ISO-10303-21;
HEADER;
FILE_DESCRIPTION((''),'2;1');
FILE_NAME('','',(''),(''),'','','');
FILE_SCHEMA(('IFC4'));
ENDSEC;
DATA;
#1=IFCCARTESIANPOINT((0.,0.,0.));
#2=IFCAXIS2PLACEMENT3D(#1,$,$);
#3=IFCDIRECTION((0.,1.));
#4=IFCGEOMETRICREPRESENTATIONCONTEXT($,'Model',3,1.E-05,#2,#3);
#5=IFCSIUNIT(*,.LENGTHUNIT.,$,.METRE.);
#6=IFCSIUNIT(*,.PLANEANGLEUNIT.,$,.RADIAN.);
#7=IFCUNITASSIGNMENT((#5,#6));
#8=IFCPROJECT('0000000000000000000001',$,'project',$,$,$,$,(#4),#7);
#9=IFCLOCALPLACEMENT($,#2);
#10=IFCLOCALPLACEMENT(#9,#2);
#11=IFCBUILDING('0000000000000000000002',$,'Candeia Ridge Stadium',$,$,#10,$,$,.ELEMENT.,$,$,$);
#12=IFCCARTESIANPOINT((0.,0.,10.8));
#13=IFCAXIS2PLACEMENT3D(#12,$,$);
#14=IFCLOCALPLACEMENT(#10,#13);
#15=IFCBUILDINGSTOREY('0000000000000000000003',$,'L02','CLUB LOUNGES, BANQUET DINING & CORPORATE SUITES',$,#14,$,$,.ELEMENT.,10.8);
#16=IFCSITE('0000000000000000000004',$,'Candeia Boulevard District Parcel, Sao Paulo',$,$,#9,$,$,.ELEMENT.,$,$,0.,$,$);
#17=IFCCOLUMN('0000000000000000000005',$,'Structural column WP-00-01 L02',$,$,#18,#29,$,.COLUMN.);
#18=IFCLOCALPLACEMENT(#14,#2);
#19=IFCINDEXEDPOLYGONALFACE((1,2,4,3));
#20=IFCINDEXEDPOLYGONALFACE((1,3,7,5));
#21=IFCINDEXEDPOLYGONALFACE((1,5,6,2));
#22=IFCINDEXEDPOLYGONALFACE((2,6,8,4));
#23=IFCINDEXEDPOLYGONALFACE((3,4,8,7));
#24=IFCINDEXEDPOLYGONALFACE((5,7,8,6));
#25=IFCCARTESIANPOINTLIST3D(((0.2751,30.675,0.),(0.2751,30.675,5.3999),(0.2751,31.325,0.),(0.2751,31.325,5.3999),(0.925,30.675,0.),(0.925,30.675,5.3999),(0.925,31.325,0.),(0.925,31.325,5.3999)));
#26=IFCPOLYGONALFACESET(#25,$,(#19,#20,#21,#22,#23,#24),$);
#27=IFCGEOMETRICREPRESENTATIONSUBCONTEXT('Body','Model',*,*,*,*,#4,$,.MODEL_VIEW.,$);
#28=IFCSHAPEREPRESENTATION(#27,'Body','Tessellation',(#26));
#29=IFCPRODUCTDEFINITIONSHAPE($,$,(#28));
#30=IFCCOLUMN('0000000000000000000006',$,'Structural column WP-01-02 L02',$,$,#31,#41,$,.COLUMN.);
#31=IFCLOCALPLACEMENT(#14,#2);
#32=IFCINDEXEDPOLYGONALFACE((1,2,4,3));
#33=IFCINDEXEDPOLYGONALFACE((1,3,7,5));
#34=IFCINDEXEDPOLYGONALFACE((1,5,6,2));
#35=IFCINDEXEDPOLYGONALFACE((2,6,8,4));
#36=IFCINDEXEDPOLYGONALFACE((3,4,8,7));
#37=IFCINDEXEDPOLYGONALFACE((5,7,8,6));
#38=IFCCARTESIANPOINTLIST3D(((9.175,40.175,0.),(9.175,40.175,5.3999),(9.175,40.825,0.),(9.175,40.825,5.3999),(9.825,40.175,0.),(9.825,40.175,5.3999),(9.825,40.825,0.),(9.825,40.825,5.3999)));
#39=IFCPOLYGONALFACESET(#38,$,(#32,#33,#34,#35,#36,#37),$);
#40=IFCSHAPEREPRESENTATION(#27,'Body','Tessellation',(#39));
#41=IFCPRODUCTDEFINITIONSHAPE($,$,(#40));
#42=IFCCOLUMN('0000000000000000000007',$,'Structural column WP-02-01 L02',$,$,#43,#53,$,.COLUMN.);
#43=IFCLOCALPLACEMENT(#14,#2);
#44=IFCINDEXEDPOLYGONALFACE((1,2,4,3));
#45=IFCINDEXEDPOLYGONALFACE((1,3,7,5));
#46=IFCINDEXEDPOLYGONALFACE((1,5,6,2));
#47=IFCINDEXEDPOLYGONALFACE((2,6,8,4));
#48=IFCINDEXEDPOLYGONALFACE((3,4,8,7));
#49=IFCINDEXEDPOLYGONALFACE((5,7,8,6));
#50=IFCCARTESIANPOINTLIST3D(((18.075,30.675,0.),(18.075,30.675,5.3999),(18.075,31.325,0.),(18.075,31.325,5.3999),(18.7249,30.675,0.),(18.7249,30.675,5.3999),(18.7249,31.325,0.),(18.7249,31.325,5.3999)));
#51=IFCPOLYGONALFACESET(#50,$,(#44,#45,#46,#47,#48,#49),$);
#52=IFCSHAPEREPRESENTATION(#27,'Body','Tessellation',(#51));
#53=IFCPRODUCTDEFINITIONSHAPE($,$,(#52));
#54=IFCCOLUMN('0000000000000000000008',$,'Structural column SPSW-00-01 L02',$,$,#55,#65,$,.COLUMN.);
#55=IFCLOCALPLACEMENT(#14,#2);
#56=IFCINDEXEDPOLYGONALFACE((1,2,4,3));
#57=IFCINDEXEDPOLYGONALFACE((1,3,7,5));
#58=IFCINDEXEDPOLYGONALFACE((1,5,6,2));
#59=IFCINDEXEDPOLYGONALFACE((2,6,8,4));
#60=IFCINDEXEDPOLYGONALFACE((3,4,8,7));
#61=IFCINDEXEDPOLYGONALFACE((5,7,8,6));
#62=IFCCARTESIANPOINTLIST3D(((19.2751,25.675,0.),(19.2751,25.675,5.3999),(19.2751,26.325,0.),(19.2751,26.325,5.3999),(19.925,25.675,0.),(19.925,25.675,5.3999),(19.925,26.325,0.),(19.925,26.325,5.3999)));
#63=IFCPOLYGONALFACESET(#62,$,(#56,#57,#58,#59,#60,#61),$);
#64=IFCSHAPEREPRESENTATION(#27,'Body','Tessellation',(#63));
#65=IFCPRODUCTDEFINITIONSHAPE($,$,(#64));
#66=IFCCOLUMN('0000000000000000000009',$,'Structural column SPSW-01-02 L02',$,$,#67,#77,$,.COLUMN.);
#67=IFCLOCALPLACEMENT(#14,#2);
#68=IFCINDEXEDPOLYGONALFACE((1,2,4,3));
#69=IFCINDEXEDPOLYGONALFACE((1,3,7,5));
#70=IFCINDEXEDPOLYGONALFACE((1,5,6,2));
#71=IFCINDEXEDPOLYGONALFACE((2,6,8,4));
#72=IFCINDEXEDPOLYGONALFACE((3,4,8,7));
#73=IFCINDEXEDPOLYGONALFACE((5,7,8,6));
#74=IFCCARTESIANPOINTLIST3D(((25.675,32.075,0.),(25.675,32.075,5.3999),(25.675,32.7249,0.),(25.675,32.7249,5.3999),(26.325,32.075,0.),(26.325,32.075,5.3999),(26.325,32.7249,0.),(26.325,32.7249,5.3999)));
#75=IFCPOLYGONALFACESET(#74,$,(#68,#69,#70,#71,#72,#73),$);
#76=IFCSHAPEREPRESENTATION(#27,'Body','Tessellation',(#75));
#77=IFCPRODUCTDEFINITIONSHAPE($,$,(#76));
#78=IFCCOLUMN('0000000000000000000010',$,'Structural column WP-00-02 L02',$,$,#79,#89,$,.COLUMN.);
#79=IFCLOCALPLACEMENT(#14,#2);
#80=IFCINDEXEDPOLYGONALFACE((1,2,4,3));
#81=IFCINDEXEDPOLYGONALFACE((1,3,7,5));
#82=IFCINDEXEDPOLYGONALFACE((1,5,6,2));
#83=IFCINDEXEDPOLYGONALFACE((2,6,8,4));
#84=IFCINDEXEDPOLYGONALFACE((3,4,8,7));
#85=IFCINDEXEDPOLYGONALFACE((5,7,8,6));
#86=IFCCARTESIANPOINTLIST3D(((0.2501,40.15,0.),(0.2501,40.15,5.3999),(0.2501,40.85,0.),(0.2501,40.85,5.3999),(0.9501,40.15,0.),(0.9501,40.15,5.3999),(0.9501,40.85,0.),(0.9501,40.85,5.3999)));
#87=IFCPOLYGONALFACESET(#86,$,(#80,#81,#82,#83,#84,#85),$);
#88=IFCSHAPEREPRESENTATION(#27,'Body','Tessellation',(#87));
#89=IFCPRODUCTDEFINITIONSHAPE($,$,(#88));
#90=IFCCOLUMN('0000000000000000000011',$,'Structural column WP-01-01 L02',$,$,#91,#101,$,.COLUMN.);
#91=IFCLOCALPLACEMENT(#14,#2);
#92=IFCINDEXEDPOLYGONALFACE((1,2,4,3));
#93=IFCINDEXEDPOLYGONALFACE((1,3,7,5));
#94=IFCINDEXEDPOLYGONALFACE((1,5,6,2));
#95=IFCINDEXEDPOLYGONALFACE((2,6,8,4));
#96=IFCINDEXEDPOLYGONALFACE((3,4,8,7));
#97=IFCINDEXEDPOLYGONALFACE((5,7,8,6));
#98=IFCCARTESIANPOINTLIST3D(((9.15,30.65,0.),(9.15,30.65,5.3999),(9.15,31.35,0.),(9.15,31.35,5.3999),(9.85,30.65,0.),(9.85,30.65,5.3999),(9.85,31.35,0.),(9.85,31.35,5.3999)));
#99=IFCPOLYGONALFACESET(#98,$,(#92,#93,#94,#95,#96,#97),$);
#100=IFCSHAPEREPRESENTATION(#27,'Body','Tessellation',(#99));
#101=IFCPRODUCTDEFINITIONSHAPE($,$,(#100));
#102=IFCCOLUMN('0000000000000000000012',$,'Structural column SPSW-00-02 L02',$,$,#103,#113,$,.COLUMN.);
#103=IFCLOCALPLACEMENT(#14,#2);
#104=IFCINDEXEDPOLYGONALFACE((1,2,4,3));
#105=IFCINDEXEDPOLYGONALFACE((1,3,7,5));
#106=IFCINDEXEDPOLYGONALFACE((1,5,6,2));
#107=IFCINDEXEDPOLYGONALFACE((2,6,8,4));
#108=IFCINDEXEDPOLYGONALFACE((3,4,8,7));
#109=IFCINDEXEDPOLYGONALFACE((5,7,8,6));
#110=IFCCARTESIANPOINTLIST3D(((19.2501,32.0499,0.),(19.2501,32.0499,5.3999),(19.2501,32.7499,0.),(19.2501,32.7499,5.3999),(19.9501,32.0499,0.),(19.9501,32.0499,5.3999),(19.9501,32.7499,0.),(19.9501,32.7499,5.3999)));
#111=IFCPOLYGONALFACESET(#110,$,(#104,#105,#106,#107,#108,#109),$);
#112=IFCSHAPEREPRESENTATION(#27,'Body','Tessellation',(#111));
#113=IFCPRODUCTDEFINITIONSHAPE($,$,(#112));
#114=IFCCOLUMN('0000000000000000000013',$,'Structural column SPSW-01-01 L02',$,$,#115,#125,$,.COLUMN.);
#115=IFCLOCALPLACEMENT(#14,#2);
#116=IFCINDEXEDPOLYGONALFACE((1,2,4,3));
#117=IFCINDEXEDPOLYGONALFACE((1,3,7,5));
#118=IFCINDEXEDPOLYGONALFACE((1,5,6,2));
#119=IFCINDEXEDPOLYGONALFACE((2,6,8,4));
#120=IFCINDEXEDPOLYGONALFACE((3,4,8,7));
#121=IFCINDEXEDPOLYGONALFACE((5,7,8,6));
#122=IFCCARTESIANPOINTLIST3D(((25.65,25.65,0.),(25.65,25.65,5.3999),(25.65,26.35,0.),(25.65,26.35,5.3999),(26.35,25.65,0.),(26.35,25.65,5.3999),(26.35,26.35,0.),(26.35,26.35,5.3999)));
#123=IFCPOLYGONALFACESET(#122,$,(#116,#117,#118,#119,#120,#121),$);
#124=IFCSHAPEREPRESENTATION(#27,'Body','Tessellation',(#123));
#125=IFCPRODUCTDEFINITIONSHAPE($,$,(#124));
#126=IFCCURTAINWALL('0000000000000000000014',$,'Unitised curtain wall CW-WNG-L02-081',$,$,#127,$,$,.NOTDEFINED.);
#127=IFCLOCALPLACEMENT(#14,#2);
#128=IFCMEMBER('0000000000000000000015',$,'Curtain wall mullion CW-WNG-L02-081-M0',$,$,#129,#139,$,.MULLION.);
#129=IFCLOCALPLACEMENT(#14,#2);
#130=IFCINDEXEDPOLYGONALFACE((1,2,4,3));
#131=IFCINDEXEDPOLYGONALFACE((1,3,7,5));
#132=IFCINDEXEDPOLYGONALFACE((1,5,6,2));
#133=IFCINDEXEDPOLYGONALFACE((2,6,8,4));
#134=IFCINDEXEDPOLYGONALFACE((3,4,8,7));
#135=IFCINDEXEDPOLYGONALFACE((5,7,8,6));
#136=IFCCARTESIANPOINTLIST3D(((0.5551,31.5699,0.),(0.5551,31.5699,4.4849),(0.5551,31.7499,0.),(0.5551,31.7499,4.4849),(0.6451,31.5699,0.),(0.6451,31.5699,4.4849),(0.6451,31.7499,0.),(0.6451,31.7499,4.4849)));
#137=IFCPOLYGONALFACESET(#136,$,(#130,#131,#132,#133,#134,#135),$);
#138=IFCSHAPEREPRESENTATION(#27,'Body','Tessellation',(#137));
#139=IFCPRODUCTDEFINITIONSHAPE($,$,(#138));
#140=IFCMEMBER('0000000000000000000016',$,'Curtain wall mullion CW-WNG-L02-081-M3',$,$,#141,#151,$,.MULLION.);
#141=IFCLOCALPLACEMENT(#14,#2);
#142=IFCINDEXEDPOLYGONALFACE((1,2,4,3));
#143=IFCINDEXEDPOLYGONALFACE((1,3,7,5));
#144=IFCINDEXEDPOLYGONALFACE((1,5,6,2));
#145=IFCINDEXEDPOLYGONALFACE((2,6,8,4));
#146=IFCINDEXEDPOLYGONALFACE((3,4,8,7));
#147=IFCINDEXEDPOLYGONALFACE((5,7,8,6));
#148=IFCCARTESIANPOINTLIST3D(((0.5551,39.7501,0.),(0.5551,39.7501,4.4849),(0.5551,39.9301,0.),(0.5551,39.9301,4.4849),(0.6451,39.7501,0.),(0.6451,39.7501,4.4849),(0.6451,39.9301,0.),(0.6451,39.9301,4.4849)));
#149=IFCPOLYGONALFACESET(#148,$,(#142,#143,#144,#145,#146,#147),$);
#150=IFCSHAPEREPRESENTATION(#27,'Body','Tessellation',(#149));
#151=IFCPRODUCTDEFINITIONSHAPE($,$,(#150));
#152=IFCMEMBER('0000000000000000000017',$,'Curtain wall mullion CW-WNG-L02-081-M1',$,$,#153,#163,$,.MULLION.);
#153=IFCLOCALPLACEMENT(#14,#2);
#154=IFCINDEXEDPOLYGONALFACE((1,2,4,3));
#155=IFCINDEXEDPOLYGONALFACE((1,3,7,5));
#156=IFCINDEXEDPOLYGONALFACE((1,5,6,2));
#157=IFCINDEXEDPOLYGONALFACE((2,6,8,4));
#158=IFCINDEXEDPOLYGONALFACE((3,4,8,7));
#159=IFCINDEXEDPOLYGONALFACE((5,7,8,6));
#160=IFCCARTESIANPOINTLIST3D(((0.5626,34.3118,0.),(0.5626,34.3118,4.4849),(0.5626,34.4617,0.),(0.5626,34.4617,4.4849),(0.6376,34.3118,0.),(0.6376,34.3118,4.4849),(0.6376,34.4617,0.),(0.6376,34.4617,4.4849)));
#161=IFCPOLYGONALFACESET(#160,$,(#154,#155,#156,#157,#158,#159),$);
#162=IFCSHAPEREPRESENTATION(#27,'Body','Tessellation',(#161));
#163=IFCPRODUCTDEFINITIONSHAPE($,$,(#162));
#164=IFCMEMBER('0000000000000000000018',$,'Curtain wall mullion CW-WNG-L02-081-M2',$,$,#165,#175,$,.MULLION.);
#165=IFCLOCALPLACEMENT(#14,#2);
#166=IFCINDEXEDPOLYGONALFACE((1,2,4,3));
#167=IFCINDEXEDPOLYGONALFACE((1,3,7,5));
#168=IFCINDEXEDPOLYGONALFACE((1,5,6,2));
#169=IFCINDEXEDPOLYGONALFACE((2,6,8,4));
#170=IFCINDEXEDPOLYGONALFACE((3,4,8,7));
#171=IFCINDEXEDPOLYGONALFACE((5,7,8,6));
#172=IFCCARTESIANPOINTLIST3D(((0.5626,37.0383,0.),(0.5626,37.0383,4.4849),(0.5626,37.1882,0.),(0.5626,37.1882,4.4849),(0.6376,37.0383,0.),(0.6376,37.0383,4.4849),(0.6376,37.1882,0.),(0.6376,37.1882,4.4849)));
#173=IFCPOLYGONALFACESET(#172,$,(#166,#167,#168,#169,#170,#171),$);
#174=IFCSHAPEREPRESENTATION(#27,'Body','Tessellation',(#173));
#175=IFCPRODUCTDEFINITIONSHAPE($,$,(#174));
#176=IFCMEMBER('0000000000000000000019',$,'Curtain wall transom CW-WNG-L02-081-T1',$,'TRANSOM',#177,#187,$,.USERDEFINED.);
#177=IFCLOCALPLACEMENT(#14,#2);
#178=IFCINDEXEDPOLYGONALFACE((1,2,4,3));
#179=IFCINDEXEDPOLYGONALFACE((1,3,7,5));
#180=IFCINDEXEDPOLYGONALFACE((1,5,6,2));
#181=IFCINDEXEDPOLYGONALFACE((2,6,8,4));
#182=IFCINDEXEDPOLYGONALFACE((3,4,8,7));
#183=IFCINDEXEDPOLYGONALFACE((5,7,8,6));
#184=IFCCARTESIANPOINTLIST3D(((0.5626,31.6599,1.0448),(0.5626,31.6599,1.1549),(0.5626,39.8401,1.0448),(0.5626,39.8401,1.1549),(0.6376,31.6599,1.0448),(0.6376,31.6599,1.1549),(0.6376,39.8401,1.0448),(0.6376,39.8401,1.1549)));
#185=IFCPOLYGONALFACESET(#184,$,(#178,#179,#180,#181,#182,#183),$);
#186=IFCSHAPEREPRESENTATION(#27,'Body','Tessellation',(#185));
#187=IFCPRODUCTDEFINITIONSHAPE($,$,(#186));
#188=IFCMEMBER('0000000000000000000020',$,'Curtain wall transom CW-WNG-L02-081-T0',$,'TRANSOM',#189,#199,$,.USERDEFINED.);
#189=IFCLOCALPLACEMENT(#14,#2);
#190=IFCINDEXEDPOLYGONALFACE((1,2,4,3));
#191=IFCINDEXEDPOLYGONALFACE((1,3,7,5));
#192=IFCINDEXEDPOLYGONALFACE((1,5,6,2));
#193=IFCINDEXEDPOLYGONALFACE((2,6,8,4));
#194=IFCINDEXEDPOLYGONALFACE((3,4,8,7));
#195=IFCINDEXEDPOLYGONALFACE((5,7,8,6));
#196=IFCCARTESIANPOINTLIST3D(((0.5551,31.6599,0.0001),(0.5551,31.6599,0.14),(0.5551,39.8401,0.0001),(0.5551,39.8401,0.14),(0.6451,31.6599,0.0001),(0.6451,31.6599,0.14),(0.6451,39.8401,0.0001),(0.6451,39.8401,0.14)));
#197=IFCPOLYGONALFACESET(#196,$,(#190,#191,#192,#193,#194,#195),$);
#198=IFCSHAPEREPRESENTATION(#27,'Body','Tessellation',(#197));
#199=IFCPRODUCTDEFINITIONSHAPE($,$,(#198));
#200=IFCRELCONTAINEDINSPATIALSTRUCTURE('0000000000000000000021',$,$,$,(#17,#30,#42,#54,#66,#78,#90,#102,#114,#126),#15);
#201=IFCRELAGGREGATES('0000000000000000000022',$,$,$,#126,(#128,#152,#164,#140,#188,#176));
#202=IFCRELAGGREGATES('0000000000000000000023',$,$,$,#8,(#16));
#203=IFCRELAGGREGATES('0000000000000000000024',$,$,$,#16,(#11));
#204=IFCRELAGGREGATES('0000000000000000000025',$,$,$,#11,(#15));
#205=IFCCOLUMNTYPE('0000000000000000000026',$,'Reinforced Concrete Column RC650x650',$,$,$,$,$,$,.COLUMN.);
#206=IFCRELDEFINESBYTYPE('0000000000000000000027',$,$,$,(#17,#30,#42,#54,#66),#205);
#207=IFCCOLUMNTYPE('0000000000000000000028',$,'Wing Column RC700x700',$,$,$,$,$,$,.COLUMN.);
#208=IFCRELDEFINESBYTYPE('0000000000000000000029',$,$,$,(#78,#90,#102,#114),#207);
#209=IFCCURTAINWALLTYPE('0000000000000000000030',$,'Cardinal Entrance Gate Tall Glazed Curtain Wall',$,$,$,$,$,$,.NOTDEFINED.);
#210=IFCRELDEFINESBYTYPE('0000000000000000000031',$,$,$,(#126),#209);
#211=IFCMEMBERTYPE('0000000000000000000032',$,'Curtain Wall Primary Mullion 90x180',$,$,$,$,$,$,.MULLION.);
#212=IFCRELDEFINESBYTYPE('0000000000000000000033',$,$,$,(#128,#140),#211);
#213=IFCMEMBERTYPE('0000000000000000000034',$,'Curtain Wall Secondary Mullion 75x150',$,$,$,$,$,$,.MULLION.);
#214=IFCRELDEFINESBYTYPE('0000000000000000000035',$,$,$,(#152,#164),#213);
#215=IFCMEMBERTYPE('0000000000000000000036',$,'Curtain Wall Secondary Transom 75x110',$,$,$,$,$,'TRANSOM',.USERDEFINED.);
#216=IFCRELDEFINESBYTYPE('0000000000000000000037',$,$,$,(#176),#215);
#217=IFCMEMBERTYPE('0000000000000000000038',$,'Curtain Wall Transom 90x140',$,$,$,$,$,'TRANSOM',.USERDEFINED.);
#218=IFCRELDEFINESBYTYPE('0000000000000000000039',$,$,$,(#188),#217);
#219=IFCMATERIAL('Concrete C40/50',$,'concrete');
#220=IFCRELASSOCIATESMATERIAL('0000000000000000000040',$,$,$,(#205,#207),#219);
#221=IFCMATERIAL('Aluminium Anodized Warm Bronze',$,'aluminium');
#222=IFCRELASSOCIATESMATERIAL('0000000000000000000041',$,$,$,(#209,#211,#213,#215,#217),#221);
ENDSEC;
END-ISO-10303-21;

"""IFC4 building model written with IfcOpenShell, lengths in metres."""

from ifc_helpers import new_model, si_unit, direction, frame, origin, origin_2d, place, context, subcontext, project, spatial, rectangle, extrude, material, material_profile, profile_set, type_object, element, aggregate, save


model = new_model("IFC4")

# Units and contexts
model_context = context("Model", 3, precision=1e-05, world=origin(), true_north=direction((0.0, 1.0)))
body_context = subcontext(model_context, "Body", "Model", "MODEL_VIEW")
ifc_project = project(units=[si_unit("LENGTHUNIT", "METRE"), si_unit("PLANEANGLEUNIT", "RADIAN")], contexts=[model_context])

# Site, building, storey
site_placement = place(None, origin())
site = spatial("IfcSite", under=ifc_project, at=site_placement, Name="Candeia Boulevard District Parcel, Sao Paulo", CompositionType="ELEMENT", RefElevation=0.0)
building_placement = place(site_placement, origin())
building = spatial("IfcBuilding", under=site, at=building_placement, Name="Candeia Ridge Stadium", CompositionType="ELEMENT")
storey_placement = place(building_placement, frame((0.0, 0.0, 10.8)))
storey = spatial("IfcBuildingStorey", under=building, at=storey_placement, Name="L02", Description="CLUB LOUNGES, BANQUET DINING & CORPORATE SUITES", CompositionType="ELEMENT", Elevation=10.8)

# Columns
ifc_material_1 = material(Name="Concrete C40/50", Category="concrete")
ifc_material_profile_1 = material_profile(ifc_material_1, rectangle(XDim=0.6499, YDim=0.6499, at=origin_2d()), Name="RC650x650", Category="concrete")
ifc_profile_set_1 = profile_set([ifc_material_profile_1], Name="Concrete C40/50")
column_type_1 = type_object("IfcColumnType", Name="Reinforced Concrete Column RC650x650", PredefinedType="COLUMN", material=ifc_profile_set_1)
for number, where, z_axis, x_axis, name in (
    (1, (0.6001, 31.0, 0.0), (0.0, 0.0, 1.0), (1.0, 0.0, 0.0), "Structural column WP-00-01 L02"),
    (2, (9.5, 40.5, 0.0), (0.0, 0.0, 1.0), (1.0, 0.0, 0.0), "Structural column WP-01-02 L02"),
    (3, (18.3999, 31.0, 0.0), (0.0, 0.0, 1.0), (1.0, 0.0, 0.0), "Structural column WP-02-01 L02"),
    (4, (19.6001, 26.0, 0.0), (0.0, 0.0, 1.0), (1.0, 0.0, 0.0), "Structural column SPSW-00-01 L02"),
    (5, (26.0, 32.3999, 0.0), (0.0, 0.0, 1.0), (1.0, 0.0, 0.0), "Structural column SPSW-01-02 L02"),
):
    element("IfcColumn", number, at=place(storey_placement, frame(where, z_axis=z_axis, x_axis=x_axis)), inside=storey, type_object=column_type_1, Name=name, PredefinedType="COLUMN", context=body_context, shape_type="SweptSolid", body=[
        extrude(rectangle(XDim=0.6499, YDim=0.6499, at=origin_2d()), origin(), (0.0, 0.0, 1.0), 5.3999),
    ])
ifc_material_profile_2 = material_profile(ifc_material_1, rectangle(XDim=0.7, YDim=0.7, at=origin_2d()), Name="RC700x700", Category="concrete")
ifc_profile_set_2 = profile_set([ifc_material_profile_2], Name="Concrete C40/50")
column_type_2 = type_object("IfcColumnType", Name="Wing Column RC700x700", PredefinedType="COLUMN", material=ifc_profile_set_2)
for number, where, z_axis, x_axis, name in (
    (6, (0.6001, 40.5, 0.0), (0.0, 0.0, 1.0), (1.0, 0.0, 0.0), "Structural column WP-00-02 L02"),
    (7, (9.5, 31.0, 0.0), (0.0, 0.0, 1.0), (1.0, 0.0, 0.0), "Structural column WP-01-01 L02"),
    (8, (19.6001, 32.3999, 0.0), (0.0, 0.0, 1.0), (1.0, 0.0, 0.0), "Structural column SPSW-00-02 L02"),
    (9, (26.0, 26.0, 0.0), (0.0, 0.0, 1.0), (1.0, 0.0, 0.0), "Structural column SPSW-01-01 L02"),
):
    element("IfcColumn", number, at=place(storey_placement, frame(where, z_axis=z_axis, x_axis=x_axis)), inside=storey, type_object=column_type_2, Name=name, PredefinedType="COLUMN", context=body_context, shape_type="SweptSolid", body=[
        extrude(rectangle(XDim=0.7, YDim=0.7, at=origin_2d()), origin(), (0.0, 0.0, 1.0), 5.3999),
    ])

# Curtain wall, members
ifc_material_2 = material(Name="Aluminium Anodized Warm Bronze", Category="aluminium")
curtain_wall_type = type_object("IfcCurtainWallType", Name="Cardinal Entrance Gate Tall Glazed Curtain Wall", PredefinedType="NOTDEFINED", material=ifc_material_2)
curtain_wall_placement = place(storey_placement, origin())
curtain_wall = element("IfcCurtainWall", 10, at=curtain_wall_placement, inside=storey, type_object=curtain_wall_type, Name="Unitised curtain wall CW-WNG-L02-081", PredefinedType="NOTDEFINED")
ifc_material_profile_3 = material_profile(ifc_material_2, rectangle(XDim=0.0901, YDim=0.1799, at=origin_2d()), Name="CWM-90x180", Category="aluminium")
ifc_profile_set_3 = profile_set([ifc_material_profile_3], Name="Aluminium Anodized Warm Bronze")
member_type_1 = type_object("IfcMemberType", Name="Curtain Wall Primary Mullion 90x180", PredefinedType="MULLION", material=ifc_profile_set_3)
member_1_placement = place(storey_placement, frame((0.6001, 31.6599, 0.0), z_axis=(0.0, 0.0, 1.0), x_axis=(1.0, 0.0, 0.0)))
member_1 = element("IfcMember", 11, at=member_1_placement, type_object=member_type_1, Name="Curtain wall mullion CW-WNG-L02-081-M0", PredefinedType="MULLION", context=body_context, shape_type="SweptSolid", body=[
    extrude(rectangle(XDim=0.0901, YDim=0.1799, at=origin_2d()), origin(), (0.0, 0.0, 1.0), 4.4849),
])
member_2_placement = place(storey_placement, frame((0.6001, 39.8401, 0.0), z_axis=(0.0, 0.0, 1.0), x_axis=(1.0, 0.0, 0.0)))
member_2 = element("IfcMember", 12, at=member_2_placement, type_object=member_type_1, Name="Curtain wall mullion CW-WNG-L02-081-M3", PredefinedType="MULLION", context=body_context, shape_type="SweptSolid", body=[
    extrude(rectangle(XDim=0.0901, YDim=0.1799, at=origin_2d()), origin(), (0.0, 0.0, 1.0), 4.4849),
])
ifc_material_profile_4 = material_profile(ifc_material_2, rectangle(XDim=0.075, YDim=0.1499, at=origin_2d()), Name="CWM-75x150", Category="aluminium")
ifc_profile_set_4 = profile_set([ifc_material_profile_4], Name="Aluminium Anodized Warm Bronze")
member_type_2 = type_object("IfcMemberType", Name="Curtain Wall Secondary Mullion 75x150", PredefinedType="MULLION", material=ifc_profile_set_4)
member_3_placement = place(storey_placement, frame((0.6001, 34.3867, 0.0), z_axis=(0.0, 0.0, 1.0), x_axis=(1.0, 0.0, 0.0)))
member_3 = element("IfcMember", 13, at=member_3_placement, type_object=member_type_2, Name="Curtain wall mullion CW-WNG-L02-081-M1", PredefinedType="MULLION", context=body_context, shape_type="SweptSolid", body=[
    extrude(rectangle(XDim=0.075, YDim=0.1499, at=origin_2d()), origin(), (0.0, 0.0, 1.0), 4.4849),
])
member_4_placement = place(storey_placement, frame((0.6001, 37.1133, 0.0), z_axis=(0.0, 0.0, 1.0), x_axis=(1.0, 0.0, 0.0)))
member_4 = element("IfcMember", 14, at=member_4_placement, type_object=member_type_2, Name="Curtain wall mullion CW-WNG-L02-081-M2", PredefinedType="MULLION", context=body_context, shape_type="SweptSolid", body=[
    extrude(rectangle(XDim=0.075, YDim=0.1499, at=origin_2d()), origin(), (0.0, 0.0, 1.0), 4.4849),
])
ifc_material_profile_5 = material_profile(ifc_material_2, rectangle(XDim=0.075, YDim=0.1101, at=origin_2d()), Name="CWT-75x110", Category="aluminium")
ifc_profile_set_5 = profile_set([ifc_material_profile_5], Name="Aluminium Anodized Warm Bronze")
member_type_3 = type_object("IfcMemberType", Name="Curtain Wall Secondary Transom 75x110", ElementType="TRANSOM", PredefinedType="USERDEFINED", material=ifc_profile_set_5)
member_5_placement = place(storey_placement, frame((0.6001, 31.6599, 1.0999), z_axis=(0.0, 1.0, 0.0), x_axis=(-1.0, 0.0, 0.0)))
member_5 = element("IfcMember", 15, at=member_5_placement, type_object=member_type_3, Name="Curtain wall transom CW-WNG-L02-081-T1", ObjectType="TRANSOM", PredefinedType="USERDEFINED", context=body_context, shape_type="SweptSolid", body=[
    extrude(rectangle(XDim=0.075, YDim=0.1101, at=origin_2d()), origin(), (0.0, 0.0, 1.0), 8.1802),
])
ifc_material_profile_6 = material_profile(ifc_material_2, rectangle(XDim=0.0901, YDim=0.1399, at=origin_2d()), Name="CWT-90x140", Category="aluminium")
ifc_profile_set_6 = profile_set([ifc_material_profile_6], Name="Aluminium Anodized Warm Bronze")
member_type_4 = type_object("IfcMemberType", Name="Curtain Wall Transom 90x140", ElementType="TRANSOM", PredefinedType="USERDEFINED", material=ifc_profile_set_6)
member_6_placement = place(storey_placement, frame((0.6001, 31.6599, 0.0701), z_axis=(0.0, 1.0, 0.0), x_axis=(-1.0, 0.0, 0.0)))
member_6 = element("IfcMember", 16, at=member_6_placement, type_object=member_type_4, Name="Curtain wall transom CW-WNG-L02-081-T0", ObjectType="TRANSOM", PredefinedType="USERDEFINED", context=body_context, shape_type="SweptSolid", body=[
    extrude(rectangle(XDim=0.0901, YDim=0.1399, at=origin_2d()), origin(), (0.0, 0.0, 1.0), 8.1802),
])

aggregate(curtain_wall, [member_1, member_3, member_4, member_2, member_6, member_5])

save(model, "model.ifc")
